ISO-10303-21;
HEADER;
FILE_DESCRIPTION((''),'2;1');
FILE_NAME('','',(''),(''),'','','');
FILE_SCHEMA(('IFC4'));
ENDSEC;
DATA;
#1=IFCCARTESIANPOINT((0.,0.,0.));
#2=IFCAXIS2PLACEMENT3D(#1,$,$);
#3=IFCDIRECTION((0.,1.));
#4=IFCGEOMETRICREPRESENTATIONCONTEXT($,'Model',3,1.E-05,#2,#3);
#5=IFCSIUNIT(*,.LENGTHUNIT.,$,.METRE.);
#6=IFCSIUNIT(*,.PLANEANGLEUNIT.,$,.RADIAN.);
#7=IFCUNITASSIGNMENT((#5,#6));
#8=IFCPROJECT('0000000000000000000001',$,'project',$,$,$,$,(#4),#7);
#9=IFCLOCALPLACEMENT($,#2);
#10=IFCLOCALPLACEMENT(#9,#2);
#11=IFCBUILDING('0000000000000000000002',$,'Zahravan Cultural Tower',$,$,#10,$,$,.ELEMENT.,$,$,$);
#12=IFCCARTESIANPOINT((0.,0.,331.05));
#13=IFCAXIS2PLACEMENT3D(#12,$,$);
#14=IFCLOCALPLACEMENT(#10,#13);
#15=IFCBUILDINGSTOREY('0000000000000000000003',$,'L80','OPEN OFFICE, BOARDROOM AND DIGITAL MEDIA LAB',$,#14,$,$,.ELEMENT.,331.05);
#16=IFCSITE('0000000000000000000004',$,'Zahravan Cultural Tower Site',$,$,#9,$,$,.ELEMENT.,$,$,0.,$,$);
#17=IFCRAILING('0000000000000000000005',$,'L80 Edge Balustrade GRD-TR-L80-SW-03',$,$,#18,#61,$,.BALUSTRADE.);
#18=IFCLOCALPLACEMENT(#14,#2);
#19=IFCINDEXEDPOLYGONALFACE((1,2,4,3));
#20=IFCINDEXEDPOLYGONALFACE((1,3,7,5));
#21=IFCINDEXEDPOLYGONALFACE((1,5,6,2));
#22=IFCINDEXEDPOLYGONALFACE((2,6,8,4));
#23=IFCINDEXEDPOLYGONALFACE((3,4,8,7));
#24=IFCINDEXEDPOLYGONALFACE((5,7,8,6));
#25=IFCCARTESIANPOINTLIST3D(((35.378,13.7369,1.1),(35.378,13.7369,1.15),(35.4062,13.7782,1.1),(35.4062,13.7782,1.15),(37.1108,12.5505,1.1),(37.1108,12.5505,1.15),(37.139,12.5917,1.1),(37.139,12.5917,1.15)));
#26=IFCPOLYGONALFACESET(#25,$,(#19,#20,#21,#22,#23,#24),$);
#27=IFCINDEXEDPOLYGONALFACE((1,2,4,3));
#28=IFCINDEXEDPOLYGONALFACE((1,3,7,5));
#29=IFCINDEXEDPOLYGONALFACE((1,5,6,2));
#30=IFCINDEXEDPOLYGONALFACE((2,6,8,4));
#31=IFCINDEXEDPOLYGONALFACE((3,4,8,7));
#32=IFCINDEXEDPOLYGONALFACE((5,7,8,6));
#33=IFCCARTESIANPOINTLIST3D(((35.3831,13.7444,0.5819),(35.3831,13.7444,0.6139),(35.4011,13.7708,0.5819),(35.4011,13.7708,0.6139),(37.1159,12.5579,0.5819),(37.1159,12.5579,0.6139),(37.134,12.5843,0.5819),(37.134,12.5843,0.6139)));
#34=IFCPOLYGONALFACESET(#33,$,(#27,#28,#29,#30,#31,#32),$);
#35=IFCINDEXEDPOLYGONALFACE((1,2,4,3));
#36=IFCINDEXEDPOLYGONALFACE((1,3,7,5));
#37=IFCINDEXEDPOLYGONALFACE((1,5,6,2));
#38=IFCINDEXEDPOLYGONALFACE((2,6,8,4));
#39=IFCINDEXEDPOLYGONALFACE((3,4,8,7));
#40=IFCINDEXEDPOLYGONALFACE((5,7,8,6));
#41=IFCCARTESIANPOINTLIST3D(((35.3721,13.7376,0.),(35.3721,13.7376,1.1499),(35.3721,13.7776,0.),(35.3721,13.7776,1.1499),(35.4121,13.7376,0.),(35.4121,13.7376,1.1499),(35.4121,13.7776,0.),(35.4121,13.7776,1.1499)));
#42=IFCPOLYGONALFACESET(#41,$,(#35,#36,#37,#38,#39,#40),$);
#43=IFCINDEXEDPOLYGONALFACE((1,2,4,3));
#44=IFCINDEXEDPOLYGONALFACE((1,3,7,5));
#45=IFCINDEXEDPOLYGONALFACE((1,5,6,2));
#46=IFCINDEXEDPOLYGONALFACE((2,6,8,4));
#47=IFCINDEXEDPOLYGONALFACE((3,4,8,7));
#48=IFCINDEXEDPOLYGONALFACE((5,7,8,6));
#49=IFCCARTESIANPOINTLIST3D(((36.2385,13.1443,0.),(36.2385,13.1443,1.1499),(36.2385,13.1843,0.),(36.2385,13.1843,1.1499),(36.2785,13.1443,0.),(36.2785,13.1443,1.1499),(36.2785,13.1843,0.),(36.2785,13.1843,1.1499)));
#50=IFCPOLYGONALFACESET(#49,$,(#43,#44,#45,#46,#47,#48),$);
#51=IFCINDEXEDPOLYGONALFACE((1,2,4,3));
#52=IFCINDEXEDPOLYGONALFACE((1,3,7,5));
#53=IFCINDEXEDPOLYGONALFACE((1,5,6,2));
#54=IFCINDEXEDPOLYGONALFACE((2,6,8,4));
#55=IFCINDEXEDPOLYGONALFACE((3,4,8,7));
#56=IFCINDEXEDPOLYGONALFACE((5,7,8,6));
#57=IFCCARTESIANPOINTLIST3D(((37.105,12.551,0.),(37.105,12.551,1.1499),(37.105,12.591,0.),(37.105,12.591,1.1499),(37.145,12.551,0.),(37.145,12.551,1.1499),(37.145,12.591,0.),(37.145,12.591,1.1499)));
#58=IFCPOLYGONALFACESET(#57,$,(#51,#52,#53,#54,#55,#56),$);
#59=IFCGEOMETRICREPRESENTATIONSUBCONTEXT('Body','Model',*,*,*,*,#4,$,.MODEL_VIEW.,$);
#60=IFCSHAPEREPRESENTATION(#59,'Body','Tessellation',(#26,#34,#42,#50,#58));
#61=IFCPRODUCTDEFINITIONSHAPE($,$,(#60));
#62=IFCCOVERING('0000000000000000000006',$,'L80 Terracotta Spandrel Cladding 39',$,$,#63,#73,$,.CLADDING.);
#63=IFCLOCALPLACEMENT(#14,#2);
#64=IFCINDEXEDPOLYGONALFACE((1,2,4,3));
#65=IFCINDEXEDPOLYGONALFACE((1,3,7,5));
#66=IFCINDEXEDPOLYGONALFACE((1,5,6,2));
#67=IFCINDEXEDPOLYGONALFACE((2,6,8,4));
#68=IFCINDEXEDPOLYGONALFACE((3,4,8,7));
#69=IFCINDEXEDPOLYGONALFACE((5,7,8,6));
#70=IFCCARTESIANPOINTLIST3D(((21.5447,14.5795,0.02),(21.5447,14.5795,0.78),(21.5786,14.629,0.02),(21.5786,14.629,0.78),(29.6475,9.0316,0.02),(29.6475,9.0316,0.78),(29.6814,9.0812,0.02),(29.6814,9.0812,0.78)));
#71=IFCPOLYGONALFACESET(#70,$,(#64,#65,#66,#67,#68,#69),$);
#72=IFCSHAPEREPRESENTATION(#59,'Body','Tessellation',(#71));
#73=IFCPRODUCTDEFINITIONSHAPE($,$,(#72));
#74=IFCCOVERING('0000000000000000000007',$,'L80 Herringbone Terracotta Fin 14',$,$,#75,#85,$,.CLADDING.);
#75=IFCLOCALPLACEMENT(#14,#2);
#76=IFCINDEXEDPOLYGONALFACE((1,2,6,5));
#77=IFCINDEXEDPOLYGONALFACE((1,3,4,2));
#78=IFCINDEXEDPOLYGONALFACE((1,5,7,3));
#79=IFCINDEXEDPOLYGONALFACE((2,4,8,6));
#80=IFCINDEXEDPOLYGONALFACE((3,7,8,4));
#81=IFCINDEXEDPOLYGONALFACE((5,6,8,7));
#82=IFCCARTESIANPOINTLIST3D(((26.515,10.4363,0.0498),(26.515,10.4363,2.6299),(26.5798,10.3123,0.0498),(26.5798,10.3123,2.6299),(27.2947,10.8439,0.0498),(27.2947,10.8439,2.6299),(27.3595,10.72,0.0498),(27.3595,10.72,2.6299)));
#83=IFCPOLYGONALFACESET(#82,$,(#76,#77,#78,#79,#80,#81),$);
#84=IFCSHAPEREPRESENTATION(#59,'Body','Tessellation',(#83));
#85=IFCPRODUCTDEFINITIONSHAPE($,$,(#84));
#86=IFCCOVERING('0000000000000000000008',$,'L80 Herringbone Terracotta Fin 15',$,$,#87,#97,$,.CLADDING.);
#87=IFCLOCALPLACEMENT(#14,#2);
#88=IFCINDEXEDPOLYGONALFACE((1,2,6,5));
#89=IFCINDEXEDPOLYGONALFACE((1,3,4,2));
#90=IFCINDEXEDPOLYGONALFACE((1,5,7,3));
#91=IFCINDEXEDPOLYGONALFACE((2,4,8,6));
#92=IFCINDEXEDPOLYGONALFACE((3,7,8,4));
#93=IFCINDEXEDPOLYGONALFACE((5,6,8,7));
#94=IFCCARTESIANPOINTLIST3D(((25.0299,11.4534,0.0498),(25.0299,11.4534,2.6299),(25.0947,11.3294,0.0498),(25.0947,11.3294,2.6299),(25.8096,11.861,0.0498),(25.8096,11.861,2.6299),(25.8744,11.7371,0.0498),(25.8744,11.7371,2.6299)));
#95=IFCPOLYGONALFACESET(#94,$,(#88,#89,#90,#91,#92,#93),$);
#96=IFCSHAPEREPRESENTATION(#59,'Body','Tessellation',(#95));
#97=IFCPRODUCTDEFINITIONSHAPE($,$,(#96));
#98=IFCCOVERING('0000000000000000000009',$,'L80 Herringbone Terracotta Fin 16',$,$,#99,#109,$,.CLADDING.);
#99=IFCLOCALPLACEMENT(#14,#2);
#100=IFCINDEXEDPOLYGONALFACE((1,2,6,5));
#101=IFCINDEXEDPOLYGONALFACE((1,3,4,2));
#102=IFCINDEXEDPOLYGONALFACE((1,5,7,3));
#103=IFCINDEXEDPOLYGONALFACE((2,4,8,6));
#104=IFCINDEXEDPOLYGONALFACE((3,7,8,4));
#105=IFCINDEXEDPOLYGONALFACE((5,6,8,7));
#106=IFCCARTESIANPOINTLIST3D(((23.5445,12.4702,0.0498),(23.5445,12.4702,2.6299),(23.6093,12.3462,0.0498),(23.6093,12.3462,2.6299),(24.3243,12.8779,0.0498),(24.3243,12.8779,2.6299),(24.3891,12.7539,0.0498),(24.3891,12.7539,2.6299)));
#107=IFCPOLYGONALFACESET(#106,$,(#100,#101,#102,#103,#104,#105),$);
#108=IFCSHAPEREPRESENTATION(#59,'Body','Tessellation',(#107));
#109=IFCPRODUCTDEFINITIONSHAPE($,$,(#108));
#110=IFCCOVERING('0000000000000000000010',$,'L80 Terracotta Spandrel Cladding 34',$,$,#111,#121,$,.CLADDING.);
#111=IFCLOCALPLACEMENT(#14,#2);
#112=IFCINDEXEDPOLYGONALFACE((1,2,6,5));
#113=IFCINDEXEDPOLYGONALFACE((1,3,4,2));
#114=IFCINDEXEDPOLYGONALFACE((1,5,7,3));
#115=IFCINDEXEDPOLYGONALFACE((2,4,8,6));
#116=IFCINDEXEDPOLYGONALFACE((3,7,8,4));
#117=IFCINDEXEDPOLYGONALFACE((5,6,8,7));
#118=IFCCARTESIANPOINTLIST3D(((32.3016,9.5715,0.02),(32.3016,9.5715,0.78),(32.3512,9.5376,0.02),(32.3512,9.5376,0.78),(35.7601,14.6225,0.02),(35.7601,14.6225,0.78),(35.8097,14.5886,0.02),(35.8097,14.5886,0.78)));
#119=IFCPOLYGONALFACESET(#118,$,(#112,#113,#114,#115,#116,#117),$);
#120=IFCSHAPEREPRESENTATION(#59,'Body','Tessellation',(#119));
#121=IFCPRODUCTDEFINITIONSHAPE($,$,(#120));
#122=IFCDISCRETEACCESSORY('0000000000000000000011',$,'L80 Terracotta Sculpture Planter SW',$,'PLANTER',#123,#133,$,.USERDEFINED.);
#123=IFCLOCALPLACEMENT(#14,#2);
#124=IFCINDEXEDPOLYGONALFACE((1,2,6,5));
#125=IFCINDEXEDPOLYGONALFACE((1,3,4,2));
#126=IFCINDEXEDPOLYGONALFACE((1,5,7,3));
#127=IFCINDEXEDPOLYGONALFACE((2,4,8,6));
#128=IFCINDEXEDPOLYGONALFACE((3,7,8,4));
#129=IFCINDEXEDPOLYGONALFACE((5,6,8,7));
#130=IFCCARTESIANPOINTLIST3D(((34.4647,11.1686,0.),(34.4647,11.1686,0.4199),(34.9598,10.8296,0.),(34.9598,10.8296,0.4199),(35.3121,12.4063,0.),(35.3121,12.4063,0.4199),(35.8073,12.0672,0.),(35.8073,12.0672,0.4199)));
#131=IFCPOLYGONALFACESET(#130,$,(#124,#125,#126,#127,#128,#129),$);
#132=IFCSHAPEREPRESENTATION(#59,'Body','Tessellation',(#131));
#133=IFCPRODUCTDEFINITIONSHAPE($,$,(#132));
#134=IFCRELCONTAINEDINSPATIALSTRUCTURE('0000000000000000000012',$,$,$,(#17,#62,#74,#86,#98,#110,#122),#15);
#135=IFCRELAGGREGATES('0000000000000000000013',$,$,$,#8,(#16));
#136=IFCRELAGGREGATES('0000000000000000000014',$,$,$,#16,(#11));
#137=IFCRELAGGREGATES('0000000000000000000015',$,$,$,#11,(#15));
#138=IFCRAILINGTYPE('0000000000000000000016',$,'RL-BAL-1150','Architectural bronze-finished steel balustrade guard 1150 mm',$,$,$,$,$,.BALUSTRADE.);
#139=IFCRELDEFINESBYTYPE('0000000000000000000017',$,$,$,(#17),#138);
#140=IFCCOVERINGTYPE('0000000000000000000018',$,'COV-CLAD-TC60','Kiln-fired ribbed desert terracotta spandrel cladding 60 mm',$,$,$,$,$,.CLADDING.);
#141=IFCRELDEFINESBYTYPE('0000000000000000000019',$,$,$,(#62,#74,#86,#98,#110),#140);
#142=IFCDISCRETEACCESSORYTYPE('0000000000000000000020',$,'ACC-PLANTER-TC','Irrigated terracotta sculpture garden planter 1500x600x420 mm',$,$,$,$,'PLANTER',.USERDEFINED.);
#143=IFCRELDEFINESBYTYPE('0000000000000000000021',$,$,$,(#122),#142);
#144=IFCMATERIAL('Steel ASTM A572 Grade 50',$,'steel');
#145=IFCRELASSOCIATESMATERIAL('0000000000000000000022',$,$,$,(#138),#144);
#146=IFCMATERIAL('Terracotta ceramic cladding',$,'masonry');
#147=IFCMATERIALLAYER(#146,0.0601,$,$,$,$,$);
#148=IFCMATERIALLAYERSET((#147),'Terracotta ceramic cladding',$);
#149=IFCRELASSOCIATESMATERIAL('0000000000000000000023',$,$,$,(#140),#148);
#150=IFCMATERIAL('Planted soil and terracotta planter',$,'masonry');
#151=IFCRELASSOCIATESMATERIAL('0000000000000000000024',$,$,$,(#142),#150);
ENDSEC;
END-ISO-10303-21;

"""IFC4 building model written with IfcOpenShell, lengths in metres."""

from ifc_helpers import new_model, si_unit, direction, frame, origin, origin_2d, place, context, subcontext, project, spatial, rectangle, extrude, source, transform, mapped, material, layer, layer_set, type_object, element, save


model = new_model("IFC4")

# Units and contexts
model_context = context("Model", 3, precision=1e-05, world=origin(), true_north=direction((0.0, 1.0)))
body_context = subcontext(model_context, "Body", "Model", "MODEL_VIEW")
ifc_project = project(units=[si_unit("LENGTHUNIT", "METRE"), si_unit("PLANEANGLEUNIT", "RADIAN")], contexts=[model_context])

# Site, building, storey
site_placement = place(None, origin())
site = spatial("IfcSite", under=ifc_project, at=site_placement, Name="Zahravan Cultural Tower Site", CompositionType="ELEMENT", RefElevation=0.0)
building_placement = place(site_placement, origin())
building = spatial("IfcBuilding", under=site, at=building_placement, Name="Zahravan Cultural Tower", CompositionType="ELEMENT")
storey_placement = place(building_placement, frame((0.0, 0.0, 331.05)))
storey = spatial("IfcBuildingStorey", under=building, at=storey_placement, Name="L80", Description="OPEN OFFICE, BOARDROOM AND DIGITAL MEDIA LAB", CompositionType="ELEMENT", Elevation=331.05)

# Railing
ifc_material_1 = material(Name="Steel ASTM A572 Grade 50", Category="steel")
railing_type = type_object("IfcRailingType", Name="RL-BAL-1150", Description="Architectural bronze-finished steel balustrade guard 1150 mm", PredefinedType="BALUSTRADE", material=ifc_material_1)
railing_1_placement = place(storey_placement, frame((35.3921, 13.7576, 0.0)))
element("IfcRailing", 1, at=railing_1_placement, inside=storey, type_object=railing_type, Name="L80 Edge Balustrade GRD-TR-L80-SW-03", PredefinedType="BALUSTRADE", context=body_context, shape_type="SweptSolid", body=[
    extrude(rectangle(XDim=0.05, YDim=0.05, at=origin_2d()), frame((0.0, 0.0, 1.125), z_axis=(0.825119, -0.564959, 0.0), x_axis=(0.564959, 0.825119, 0.0)), (0.0, 0.0, 1.0), 2.1001),
    extrude(rectangle(XDim=0.032, YDim=0.032, at=origin_2d()), frame((0.0, 0.0, 0.5979), z_axis=(0.825119, -0.564959, 0.0), x_axis=(0.564959, 0.825119, 0.0)), (0.0, 0.0, 1.0), 2.1001),
    extrude(rectangle(XDim=0.04, YDim=0.04, at=origin_2d()), origin(), (0.0, 0.0, 1.0), 1.1499),
    extrude(rectangle(XDim=0.04, YDim=0.04, at=origin_2d()), frame((0.8665, -0.5933, 0.0)), (0.0, 0.0, 1.0), 1.1499),
    extrude(rectangle(XDim=0.04, YDim=0.04, at=origin_2d()), frame((1.7329, -1.1865, 0.0)), (0.0, 0.0, 1.0), 1.1499),
])

# Coverings
ifc_material_2 = material(Name="Terracotta ceramic cladding", Category="masonry")
ifc_layer_1 = layer(ifc_material_2, 0.0601)
ifc_layer_set_1 = layer_set([ifc_layer_1], Name="Terracotta ceramic cladding")
covering_type = type_object("IfcCoveringType", Name="COV-CLAD-TC60", Description="Kiln-fired ribbed desert terracotta spandrel cladding 60 mm", PredefinedType="CLADDING", material=ifc_layer_set_1)
shared_shape_1 = source(origin(), body_context, "Body", "SweptSolid", [
    extrude(rectangle(XDim=9.8201, YDim=0.0601, at=origin_2d()), origin(), (0.0, 0.0, 1.0), 0.76),
])
covering_1_placement = place(storey_placement, frame((25.613, 11.8303, 0.02), z_axis=(0.0, 0.0, 1.0), x_axis=(-0.825123, 0.564953, 0.0)))
element("IfcCovering", 2, at=covering_1_placement, inside=storey, type_object=covering_type, Name="L80 Terracotta Spandrel Cladding 39", PredefinedType="CLADDING", context=body_context, shape_type="MappedRepresentation", body=[
    mapped(shared_shape_1, transform((0.0, 0.0, 0.0), x_axis=(1.0, 0.0, 0.0), y_axis=(0.0, 1.0, 0.0), z_axis=(0.0, 0.0, 1.0), scale=1.0)),
])
shared_shape_2 = source(origin(), body_context, "Body", "SweptSolid", [
    extrude(rectangle(XDim=0.8799, YDim=0.1399, at=origin_2d()), origin(), (0.0, 0.0, 1.0), 2.5801),
])
for number, where, z_axis, x_axis, name in (
    (3, (26.9373, 10.5781, 0.0498), (0.0, 0.0, 1.0), (-0.886195, -0.463312, 0.0), "L80 Herringbone Terracotta Fin 14"),
    (4, (25.4521, 11.5952, 0.0498), (0.0, 0.0, 1.0), (-0.886195, -0.463312, 0.0), "L80 Herringbone Terracotta Fin 15"),
    (5, (23.9668, 12.6121, 0.0498), (0.0, 0.0, 1.0), (-0.886195, -0.463312, 0.0), "L80 Herringbone Terracotta Fin 16"),
):
    element("IfcCovering", number, at=place(storey_placement, frame(where, z_axis=z_axis, x_axis=x_axis)), inside=storey, type_object=covering_type, Name=name, PredefinedType="CLADDING", context=body_context, shape_type="MappedRepresentation", body=[
        mapped(shared_shape_2, transform((0.0, 0.0, 0.0), x_axis=(1.0, 0.0, 0.0), y_axis=(0.0, 1.0, 0.0), z_axis=(0.0, 0.0, 1.0), scale=1.0)),
    ])
shared_shape_3 = source(origin(), body_context, "Body", "SweptSolid", [
    extrude(rectangle(XDim=6.1216, YDim=0.0601, at=origin_2d()), origin(), (0.0, 0.0, 1.0), 0.76),
])
covering_2_placement = place(storey_placement, frame((34.0557, 12.0801, 0.02), z_axis=(0.0, 0.0, 1.0), x_axis=(-0.564967, -0.825113, 0.0)))
element("IfcCovering", 6, at=covering_2_placement, inside=storey, type_object=covering_type, Name="L80 Terracotta Spandrel Cladding 34", PredefinedType="CLADDING", context=body_context, shape_type="MappedRepresentation", body=[
    mapped(shared_shape_3, transform((0.0, 0.0, 0.0), x_axis=(1.0, 0.0, 0.0), y_axis=(0.0, 1.0, 0.0), z_axis=(0.0, 0.0, 1.0), scale=1.0)),
])

# Discrete accessory
ifc_material_3 = material(Name="Planted soil and terracotta planter", Category="masonry")
discrete_accessory_type = type_object("IfcDiscreteAccessoryType", Name="ACC-PLANTER-TC", Description="Irrigated terracotta sculpture garden planter 1500x600x420 mm", ElementType="PLANTER", PredefinedType="USERDEFINED", material=ifc_material_3)
shared_shape_4 = source(origin(), body_context, "Body", "SweptSolid", [
    extrude(rectangle(XDim=1.5, YDim=0.6001, at=origin_2d()), origin(), (0.0, 0.0, 1.0), 0.4199),
])
discrete_accessory_placement = place(storey_placement, frame((35.136, 11.6179, 0.0), z_axis=(0.0, 0.0, 1.0), x_axis=(0.564967, 0.825113, 0.0)))
element("IfcDiscreteAccessory", 7, at=discrete_accessory_placement, inside=storey, type_object=discrete_accessory_type, Name="L80 Terracotta Sculpture Planter SW", ObjectType="PLANTER", PredefinedType="USERDEFINED", context=body_context, shape_type="MappedRepresentation", body=[
    mapped(shared_shape_4, transform((0.0, 0.0, 0.0), x_axis=(1.0, 0.0, 0.0), y_axis=(0.0, 1.0, 0.0), z_axis=(0.0, 0.0, 1.0), scale=1.0)),
])

save(model, "model.ifc")
